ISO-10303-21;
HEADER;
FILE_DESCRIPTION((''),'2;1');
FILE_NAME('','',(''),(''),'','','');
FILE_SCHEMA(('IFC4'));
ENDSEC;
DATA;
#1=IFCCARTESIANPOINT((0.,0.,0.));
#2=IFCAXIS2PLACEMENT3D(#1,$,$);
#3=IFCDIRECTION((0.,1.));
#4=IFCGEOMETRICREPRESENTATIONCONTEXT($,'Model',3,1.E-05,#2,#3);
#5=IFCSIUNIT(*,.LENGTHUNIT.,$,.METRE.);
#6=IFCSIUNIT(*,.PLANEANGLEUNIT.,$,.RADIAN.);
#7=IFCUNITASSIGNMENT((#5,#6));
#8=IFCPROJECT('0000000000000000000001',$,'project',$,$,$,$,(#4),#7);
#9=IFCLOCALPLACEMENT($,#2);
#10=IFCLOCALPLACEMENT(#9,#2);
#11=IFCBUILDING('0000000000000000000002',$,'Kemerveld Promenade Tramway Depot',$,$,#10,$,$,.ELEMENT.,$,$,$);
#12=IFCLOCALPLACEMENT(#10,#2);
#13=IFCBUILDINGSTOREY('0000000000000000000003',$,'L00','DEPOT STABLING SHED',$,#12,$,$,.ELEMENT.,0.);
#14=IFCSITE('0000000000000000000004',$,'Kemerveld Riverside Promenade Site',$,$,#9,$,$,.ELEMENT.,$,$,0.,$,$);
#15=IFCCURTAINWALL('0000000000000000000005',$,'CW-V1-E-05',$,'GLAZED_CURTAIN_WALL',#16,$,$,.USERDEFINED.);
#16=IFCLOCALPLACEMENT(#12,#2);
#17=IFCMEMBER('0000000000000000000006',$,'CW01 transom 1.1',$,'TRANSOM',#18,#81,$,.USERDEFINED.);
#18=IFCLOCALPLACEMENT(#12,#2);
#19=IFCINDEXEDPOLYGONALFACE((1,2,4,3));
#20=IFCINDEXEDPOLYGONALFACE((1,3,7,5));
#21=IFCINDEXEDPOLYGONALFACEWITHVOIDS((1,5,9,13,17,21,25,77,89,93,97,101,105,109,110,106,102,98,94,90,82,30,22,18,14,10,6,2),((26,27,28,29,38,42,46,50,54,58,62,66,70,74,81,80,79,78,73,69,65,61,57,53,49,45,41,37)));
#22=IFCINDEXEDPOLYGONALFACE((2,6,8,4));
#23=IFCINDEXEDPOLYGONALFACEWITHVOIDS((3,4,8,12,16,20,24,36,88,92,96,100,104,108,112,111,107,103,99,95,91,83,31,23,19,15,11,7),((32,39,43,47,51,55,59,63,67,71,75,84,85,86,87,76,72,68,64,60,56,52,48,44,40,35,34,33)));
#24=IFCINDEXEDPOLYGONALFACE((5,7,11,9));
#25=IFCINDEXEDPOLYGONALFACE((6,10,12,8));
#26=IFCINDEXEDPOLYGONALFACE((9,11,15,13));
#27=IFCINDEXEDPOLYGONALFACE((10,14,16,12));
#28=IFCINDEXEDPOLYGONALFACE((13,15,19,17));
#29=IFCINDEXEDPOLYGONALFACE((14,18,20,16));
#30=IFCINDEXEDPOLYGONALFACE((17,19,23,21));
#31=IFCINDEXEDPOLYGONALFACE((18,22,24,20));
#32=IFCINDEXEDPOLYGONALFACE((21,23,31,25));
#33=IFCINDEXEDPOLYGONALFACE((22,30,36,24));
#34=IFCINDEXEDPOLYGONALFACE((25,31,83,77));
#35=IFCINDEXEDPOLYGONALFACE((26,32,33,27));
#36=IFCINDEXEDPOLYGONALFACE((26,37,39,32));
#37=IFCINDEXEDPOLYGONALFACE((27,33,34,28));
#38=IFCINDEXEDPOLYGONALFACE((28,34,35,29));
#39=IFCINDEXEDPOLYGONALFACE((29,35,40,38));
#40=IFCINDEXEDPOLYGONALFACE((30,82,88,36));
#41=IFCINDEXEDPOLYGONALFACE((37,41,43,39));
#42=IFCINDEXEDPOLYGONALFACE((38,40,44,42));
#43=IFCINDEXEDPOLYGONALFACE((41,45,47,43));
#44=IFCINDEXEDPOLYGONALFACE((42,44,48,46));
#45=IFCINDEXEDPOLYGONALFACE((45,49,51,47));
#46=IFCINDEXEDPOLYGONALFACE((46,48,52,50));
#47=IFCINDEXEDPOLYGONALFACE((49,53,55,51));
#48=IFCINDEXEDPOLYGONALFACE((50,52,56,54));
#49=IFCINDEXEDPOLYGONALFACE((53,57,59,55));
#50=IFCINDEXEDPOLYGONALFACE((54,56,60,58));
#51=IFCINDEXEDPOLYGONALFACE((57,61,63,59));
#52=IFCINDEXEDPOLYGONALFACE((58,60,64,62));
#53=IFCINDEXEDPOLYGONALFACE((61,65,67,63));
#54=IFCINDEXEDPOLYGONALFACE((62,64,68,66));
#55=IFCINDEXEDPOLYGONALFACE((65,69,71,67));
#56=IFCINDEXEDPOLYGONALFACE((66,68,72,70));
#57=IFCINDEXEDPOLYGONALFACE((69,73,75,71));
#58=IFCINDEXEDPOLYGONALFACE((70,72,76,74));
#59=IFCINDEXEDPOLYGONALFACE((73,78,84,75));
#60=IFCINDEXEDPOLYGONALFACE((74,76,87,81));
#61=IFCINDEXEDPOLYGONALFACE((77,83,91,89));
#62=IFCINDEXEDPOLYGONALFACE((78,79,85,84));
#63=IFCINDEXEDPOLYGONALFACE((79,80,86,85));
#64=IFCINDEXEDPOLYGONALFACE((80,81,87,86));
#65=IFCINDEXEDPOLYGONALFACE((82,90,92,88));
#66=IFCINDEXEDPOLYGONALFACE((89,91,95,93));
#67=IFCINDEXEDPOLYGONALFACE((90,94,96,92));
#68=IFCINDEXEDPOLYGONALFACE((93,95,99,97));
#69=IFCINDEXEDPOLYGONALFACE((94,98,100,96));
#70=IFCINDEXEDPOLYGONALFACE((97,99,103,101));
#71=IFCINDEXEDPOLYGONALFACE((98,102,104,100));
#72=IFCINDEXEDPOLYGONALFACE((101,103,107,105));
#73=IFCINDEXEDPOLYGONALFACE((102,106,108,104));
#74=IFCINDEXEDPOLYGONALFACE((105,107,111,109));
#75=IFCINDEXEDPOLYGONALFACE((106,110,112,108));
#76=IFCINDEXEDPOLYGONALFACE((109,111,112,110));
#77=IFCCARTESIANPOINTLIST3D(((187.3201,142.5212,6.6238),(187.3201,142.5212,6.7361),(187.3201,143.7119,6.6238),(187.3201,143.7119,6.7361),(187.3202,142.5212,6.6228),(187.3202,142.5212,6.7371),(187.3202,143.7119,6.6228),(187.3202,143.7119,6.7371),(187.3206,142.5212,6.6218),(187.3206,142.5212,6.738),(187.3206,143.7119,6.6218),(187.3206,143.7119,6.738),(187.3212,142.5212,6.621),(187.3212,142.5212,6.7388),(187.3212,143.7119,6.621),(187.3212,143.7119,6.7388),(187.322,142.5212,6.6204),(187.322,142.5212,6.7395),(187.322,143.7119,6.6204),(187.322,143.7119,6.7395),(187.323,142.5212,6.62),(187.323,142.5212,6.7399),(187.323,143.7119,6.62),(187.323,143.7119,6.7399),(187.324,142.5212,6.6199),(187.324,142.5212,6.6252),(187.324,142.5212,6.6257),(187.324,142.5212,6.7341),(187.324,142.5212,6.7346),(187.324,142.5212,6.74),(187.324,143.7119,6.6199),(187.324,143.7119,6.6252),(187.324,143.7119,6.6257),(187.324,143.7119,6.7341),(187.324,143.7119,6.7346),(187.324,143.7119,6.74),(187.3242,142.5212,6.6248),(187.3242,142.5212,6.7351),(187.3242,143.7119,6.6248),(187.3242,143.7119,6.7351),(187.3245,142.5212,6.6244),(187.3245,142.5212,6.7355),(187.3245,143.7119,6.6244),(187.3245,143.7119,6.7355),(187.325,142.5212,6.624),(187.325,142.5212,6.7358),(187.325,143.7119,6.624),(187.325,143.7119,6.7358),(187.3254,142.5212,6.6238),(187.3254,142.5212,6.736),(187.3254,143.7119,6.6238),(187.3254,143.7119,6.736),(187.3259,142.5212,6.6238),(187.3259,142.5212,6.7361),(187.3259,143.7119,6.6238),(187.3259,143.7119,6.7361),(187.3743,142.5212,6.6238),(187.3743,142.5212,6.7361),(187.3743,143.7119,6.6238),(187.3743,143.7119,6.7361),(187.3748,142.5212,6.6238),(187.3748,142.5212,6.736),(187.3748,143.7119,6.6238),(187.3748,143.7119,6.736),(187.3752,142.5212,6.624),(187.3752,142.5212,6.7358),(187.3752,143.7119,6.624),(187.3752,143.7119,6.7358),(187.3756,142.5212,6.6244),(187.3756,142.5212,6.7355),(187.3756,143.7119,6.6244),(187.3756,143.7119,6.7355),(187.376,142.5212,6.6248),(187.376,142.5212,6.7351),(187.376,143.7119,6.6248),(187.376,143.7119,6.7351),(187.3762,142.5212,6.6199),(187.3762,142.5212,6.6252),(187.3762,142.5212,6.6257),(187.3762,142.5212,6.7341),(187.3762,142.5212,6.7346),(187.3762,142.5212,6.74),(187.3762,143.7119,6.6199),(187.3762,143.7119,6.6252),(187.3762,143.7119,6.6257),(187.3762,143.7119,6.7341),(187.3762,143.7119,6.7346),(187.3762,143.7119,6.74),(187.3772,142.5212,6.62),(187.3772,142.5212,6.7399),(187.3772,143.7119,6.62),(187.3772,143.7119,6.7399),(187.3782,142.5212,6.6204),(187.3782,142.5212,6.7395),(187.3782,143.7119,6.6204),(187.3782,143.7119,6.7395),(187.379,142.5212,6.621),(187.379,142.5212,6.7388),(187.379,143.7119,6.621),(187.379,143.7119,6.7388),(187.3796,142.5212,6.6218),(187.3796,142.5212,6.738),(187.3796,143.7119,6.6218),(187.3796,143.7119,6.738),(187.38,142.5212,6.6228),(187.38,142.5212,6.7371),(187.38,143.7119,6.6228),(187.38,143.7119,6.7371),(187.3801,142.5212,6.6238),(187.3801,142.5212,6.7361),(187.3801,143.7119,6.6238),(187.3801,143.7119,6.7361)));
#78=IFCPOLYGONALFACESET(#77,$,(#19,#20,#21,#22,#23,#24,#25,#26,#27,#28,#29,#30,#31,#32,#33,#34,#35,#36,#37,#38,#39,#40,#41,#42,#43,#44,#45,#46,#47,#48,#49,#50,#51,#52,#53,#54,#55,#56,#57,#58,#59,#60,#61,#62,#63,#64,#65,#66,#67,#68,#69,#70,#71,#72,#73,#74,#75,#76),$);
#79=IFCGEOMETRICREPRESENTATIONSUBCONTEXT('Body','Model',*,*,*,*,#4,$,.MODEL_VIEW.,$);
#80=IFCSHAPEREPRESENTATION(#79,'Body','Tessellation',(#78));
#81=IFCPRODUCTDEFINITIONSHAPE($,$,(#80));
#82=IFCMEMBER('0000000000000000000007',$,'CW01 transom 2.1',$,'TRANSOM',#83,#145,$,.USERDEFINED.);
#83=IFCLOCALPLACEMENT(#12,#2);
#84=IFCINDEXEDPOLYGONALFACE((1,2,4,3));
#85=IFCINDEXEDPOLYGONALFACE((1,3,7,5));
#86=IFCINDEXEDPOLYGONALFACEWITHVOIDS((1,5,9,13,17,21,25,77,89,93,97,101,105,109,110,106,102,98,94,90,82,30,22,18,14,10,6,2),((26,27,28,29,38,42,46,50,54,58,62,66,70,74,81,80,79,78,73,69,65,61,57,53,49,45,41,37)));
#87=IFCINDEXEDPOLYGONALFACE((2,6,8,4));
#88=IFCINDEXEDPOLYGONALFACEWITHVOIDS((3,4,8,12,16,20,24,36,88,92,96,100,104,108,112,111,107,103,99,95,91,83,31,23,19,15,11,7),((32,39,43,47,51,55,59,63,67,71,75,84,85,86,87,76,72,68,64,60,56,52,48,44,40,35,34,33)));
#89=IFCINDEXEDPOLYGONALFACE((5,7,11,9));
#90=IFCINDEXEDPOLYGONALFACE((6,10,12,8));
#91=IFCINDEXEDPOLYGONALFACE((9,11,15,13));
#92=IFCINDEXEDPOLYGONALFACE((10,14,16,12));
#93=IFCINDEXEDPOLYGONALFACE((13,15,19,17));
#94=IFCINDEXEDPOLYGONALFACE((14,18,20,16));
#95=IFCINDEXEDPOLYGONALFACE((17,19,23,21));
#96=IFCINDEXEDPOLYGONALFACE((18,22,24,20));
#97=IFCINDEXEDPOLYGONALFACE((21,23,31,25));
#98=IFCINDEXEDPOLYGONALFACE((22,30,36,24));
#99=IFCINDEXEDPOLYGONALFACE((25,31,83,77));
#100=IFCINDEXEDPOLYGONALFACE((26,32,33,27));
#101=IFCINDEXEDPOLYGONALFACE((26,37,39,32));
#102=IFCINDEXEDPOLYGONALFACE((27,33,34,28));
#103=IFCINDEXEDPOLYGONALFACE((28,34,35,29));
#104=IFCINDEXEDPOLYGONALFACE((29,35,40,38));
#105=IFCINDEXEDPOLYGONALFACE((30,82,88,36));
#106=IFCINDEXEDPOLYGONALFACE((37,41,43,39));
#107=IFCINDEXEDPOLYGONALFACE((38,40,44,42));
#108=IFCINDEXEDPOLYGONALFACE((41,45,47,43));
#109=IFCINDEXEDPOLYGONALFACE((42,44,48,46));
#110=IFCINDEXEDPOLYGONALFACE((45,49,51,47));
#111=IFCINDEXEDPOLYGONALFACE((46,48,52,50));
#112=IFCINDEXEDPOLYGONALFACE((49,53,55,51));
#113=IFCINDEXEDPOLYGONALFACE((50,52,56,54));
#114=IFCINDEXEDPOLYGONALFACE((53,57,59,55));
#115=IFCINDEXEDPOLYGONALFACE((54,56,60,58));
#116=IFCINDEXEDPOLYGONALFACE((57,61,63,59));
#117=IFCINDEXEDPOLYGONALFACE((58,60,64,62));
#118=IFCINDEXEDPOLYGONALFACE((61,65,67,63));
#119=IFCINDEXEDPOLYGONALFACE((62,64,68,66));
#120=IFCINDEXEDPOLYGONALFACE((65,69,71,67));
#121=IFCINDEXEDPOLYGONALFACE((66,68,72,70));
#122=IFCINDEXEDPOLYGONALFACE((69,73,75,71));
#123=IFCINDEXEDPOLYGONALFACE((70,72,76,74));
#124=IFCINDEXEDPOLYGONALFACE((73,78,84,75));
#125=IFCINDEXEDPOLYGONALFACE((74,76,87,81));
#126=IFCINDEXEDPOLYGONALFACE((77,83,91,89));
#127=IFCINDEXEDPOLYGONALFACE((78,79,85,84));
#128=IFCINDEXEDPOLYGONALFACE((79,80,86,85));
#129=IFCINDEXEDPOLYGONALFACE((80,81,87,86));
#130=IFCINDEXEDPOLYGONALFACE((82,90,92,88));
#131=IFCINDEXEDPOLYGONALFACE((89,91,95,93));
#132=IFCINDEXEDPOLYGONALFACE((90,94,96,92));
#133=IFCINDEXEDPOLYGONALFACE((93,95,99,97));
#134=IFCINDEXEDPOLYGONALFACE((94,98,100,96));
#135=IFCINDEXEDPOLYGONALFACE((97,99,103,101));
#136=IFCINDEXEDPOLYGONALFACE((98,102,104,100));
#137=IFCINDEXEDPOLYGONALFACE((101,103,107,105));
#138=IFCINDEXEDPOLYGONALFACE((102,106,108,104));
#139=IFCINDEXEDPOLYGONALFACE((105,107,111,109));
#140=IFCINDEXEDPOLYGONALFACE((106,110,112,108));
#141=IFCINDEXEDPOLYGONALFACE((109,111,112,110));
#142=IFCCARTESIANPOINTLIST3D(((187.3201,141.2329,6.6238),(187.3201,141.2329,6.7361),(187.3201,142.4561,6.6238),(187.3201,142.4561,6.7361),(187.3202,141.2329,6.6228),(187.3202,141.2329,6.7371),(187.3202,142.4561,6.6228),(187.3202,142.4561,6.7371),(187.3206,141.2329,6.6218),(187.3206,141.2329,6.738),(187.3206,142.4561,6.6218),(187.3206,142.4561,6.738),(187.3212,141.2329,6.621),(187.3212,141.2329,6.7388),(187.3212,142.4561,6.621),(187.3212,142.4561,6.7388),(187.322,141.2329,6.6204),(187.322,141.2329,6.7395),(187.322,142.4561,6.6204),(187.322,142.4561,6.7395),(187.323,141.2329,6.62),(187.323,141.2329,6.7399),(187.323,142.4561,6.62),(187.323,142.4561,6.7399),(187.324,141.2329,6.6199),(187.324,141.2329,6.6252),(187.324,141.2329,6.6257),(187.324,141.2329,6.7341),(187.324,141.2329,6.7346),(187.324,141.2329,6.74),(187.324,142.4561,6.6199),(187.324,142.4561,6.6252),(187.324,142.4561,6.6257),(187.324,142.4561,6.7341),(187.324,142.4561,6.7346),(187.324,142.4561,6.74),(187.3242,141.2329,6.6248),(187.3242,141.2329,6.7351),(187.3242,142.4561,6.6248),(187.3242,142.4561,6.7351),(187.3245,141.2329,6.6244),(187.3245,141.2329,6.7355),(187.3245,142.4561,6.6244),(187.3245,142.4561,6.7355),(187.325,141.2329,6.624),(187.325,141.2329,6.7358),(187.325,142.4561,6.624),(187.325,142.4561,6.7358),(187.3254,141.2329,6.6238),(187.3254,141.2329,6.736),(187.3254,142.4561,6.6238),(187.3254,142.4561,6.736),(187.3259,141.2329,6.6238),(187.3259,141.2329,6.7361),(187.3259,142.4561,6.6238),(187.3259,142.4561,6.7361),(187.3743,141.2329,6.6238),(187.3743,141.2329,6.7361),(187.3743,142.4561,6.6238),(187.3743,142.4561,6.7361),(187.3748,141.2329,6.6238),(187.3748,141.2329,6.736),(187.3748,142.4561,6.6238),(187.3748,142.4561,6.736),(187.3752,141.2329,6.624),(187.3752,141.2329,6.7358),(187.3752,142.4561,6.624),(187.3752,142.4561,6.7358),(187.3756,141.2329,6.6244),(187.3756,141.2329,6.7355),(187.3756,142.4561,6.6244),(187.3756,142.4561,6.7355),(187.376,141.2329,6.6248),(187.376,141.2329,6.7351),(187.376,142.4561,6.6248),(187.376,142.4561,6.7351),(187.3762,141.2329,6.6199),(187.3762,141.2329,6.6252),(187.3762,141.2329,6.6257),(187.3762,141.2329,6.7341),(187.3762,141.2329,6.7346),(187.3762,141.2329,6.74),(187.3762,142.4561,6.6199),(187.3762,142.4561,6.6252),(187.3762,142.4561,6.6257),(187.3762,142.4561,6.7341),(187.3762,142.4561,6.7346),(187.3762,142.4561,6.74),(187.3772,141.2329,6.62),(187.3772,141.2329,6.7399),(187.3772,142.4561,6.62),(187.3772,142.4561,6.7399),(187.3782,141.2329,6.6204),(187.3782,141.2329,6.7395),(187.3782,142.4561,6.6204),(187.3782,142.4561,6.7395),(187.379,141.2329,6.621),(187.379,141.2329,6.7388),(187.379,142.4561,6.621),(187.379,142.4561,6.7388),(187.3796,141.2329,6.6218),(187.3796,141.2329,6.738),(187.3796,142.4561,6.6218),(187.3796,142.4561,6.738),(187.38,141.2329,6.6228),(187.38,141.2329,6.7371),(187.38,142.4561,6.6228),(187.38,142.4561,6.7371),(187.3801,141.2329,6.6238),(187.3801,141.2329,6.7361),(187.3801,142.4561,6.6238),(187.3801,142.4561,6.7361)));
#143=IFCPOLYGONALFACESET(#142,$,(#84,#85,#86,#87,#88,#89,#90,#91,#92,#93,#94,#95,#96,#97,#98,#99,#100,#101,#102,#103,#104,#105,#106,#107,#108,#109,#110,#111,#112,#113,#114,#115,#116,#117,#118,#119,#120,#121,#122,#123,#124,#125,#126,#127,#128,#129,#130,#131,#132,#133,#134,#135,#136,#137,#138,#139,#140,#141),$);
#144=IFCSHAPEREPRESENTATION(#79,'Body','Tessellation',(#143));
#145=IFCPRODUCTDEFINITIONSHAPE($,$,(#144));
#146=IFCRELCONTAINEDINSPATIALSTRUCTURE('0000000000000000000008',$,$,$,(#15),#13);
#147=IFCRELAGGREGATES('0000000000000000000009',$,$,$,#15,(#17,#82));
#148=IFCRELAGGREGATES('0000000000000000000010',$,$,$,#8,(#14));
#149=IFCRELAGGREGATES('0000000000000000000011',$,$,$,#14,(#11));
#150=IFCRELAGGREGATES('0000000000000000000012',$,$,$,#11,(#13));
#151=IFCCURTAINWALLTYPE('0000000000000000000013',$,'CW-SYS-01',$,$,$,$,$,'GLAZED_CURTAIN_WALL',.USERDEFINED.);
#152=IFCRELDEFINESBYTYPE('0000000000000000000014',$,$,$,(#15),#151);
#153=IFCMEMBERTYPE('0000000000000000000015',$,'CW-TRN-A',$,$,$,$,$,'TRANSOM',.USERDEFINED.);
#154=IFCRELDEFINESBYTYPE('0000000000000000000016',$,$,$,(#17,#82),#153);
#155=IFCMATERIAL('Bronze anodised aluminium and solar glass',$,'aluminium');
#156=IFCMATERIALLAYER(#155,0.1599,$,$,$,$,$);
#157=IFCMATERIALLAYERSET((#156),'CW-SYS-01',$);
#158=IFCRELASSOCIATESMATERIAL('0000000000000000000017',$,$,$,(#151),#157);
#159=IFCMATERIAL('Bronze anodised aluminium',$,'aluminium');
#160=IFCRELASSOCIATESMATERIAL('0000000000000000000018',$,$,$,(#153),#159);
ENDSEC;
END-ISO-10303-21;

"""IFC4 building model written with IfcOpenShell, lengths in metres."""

from ifc_helpers import new_model, si_unit, direction, frame, origin, origin_2d, place, context, subcontext, project, spatial, hollow_rectangle, extrude, material, layer, layer_set, material_profile, profile_set, type_object, element, aggregate, save


model = new_model("IFC4")

# Units and contexts
model_context = context("Model", 3, precision=1e-05, world=origin(), true_north=direction((0.0, 1.0)))
body_context = subcontext(model_context, "Body", "Model", "MODEL_VIEW")
ifc_project = project(units=[si_unit("LENGTHUNIT", "METRE"), si_unit("PLANEANGLEUNIT", "RADIAN")], contexts=[model_context])

# Site, building, storey
site_placement = place(None, origin())
site = spatial("IfcSite", under=ifc_project, at=site_placement, Name="Kemerveld Riverside Promenade Site", CompositionType="ELEMENT", RefElevation=0.0)
building_placement = place(site_placement, origin())
building = spatial("IfcBuilding", under=site, at=building_placement, Name="Kemerveld Promenade Tramway Depot", CompositionType="ELEMENT")
storey_placement = place(building_placement, origin())
storey = spatial("IfcBuildingStorey", under=building, at=storey_placement, Name="L00", Description="DEPOT STABLING SHED", CompositionType="ELEMENT", Elevation=0.0)

# Curtain wall
ifc_material_1 = material(Name="Bronze anodised aluminium and solar glass", Category="aluminium")
ifc_material_2 = material(Name="Bronze anodised aluminium", Category="aluminium")
ifc_layer_1 = layer(ifc_material_1, 0.1599)
ifc_layer_set_1 = layer_set([ifc_layer_1], Name="CW-SYS-01")
curtain_wall_type_1 = type_object("IfcCurtainWallType", Name="CW-SYS-01", ElementType="GLAZED_CURTAIN_WALL", PredefinedType="USERDEFINED", material=ifc_layer_set_1)
curtain_wall_1_placement = place(storey_placement, origin())
curtain_wall_1 = element("IfcCurtainWall", 1, at=curtain_wall_1_placement, inside=storey, type_object=curtain_wall_type_1, Name="CW-V1-E-05", ObjectType="GLAZED_CURTAIN_WALL", PredefinedType="USERDEFINED")

# Members
ifc_material_profile_1 = material_profile(ifc_material_2, hollow_rectangle(XDim=0.0601, YDim=0.1201, WallThickness=0.0039, InnerFilletRadius=0.002, OuterFilletRadius=0.0039, at=origin_2d()), Name="CW-TRN-120x60")
ifc_profile_set_1 = profile_set([ifc_material_profile_1], Name="Bronze anodised aluminium")
member_type_1 = type_object("IfcMemberType", Name="CW-TRN-A", ElementType="TRANSOM", PredefinedType="USERDEFINED", material=ifc_profile_set_1)
member_1_placement = place(storey_placement, frame((187.3501, 143.7119, 6.6799), z_axis=(0.0, -1.0, 0.0), x_axis=(1.0, 0.0, 0.0)))
member_1 = element("IfcMember", 2, at=member_1_placement, type_object=member_type_1, Name="CW01 transom 1.1", ObjectType="TRANSOM", PredefinedType="USERDEFINED", context=body_context, shape_type="SweptSolid", body=[
    extrude(hollow_rectangle(XDim=0.0601, YDim=0.1201, WallThickness=0.0039, InnerFilletRadius=0.002, OuterFilletRadius=0.0039, at=origin_2d()), origin(), (0.0, 0.0, 1.0), 1.1907),
])
member_2_placement = place(storey_placement, frame((187.3501, 142.4561, 6.6799), z_axis=(0.0, -1.0, 0.0), x_axis=(1.0, 0.0, 0.0)))
member_2 = element("IfcMember", 3, at=member_2_placement, type_object=member_type_1, Name="CW01 transom 2.1", ObjectType="TRANSOM", PredefinedType="USERDEFINED", context=body_context, shape_type="SweptSolid", body=[
    extrude(hollow_rectangle(XDim=0.0601, YDim=0.1201, WallThickness=0.0039, InnerFilletRadius=0.002, OuterFilletRadius=0.0039, at=origin_2d()), origin(), (0.0, 0.0, 1.0), 1.2231),
])

aggregate(curtain_wall_1, [member_1, member_2])

save(model, "model.ifc")
